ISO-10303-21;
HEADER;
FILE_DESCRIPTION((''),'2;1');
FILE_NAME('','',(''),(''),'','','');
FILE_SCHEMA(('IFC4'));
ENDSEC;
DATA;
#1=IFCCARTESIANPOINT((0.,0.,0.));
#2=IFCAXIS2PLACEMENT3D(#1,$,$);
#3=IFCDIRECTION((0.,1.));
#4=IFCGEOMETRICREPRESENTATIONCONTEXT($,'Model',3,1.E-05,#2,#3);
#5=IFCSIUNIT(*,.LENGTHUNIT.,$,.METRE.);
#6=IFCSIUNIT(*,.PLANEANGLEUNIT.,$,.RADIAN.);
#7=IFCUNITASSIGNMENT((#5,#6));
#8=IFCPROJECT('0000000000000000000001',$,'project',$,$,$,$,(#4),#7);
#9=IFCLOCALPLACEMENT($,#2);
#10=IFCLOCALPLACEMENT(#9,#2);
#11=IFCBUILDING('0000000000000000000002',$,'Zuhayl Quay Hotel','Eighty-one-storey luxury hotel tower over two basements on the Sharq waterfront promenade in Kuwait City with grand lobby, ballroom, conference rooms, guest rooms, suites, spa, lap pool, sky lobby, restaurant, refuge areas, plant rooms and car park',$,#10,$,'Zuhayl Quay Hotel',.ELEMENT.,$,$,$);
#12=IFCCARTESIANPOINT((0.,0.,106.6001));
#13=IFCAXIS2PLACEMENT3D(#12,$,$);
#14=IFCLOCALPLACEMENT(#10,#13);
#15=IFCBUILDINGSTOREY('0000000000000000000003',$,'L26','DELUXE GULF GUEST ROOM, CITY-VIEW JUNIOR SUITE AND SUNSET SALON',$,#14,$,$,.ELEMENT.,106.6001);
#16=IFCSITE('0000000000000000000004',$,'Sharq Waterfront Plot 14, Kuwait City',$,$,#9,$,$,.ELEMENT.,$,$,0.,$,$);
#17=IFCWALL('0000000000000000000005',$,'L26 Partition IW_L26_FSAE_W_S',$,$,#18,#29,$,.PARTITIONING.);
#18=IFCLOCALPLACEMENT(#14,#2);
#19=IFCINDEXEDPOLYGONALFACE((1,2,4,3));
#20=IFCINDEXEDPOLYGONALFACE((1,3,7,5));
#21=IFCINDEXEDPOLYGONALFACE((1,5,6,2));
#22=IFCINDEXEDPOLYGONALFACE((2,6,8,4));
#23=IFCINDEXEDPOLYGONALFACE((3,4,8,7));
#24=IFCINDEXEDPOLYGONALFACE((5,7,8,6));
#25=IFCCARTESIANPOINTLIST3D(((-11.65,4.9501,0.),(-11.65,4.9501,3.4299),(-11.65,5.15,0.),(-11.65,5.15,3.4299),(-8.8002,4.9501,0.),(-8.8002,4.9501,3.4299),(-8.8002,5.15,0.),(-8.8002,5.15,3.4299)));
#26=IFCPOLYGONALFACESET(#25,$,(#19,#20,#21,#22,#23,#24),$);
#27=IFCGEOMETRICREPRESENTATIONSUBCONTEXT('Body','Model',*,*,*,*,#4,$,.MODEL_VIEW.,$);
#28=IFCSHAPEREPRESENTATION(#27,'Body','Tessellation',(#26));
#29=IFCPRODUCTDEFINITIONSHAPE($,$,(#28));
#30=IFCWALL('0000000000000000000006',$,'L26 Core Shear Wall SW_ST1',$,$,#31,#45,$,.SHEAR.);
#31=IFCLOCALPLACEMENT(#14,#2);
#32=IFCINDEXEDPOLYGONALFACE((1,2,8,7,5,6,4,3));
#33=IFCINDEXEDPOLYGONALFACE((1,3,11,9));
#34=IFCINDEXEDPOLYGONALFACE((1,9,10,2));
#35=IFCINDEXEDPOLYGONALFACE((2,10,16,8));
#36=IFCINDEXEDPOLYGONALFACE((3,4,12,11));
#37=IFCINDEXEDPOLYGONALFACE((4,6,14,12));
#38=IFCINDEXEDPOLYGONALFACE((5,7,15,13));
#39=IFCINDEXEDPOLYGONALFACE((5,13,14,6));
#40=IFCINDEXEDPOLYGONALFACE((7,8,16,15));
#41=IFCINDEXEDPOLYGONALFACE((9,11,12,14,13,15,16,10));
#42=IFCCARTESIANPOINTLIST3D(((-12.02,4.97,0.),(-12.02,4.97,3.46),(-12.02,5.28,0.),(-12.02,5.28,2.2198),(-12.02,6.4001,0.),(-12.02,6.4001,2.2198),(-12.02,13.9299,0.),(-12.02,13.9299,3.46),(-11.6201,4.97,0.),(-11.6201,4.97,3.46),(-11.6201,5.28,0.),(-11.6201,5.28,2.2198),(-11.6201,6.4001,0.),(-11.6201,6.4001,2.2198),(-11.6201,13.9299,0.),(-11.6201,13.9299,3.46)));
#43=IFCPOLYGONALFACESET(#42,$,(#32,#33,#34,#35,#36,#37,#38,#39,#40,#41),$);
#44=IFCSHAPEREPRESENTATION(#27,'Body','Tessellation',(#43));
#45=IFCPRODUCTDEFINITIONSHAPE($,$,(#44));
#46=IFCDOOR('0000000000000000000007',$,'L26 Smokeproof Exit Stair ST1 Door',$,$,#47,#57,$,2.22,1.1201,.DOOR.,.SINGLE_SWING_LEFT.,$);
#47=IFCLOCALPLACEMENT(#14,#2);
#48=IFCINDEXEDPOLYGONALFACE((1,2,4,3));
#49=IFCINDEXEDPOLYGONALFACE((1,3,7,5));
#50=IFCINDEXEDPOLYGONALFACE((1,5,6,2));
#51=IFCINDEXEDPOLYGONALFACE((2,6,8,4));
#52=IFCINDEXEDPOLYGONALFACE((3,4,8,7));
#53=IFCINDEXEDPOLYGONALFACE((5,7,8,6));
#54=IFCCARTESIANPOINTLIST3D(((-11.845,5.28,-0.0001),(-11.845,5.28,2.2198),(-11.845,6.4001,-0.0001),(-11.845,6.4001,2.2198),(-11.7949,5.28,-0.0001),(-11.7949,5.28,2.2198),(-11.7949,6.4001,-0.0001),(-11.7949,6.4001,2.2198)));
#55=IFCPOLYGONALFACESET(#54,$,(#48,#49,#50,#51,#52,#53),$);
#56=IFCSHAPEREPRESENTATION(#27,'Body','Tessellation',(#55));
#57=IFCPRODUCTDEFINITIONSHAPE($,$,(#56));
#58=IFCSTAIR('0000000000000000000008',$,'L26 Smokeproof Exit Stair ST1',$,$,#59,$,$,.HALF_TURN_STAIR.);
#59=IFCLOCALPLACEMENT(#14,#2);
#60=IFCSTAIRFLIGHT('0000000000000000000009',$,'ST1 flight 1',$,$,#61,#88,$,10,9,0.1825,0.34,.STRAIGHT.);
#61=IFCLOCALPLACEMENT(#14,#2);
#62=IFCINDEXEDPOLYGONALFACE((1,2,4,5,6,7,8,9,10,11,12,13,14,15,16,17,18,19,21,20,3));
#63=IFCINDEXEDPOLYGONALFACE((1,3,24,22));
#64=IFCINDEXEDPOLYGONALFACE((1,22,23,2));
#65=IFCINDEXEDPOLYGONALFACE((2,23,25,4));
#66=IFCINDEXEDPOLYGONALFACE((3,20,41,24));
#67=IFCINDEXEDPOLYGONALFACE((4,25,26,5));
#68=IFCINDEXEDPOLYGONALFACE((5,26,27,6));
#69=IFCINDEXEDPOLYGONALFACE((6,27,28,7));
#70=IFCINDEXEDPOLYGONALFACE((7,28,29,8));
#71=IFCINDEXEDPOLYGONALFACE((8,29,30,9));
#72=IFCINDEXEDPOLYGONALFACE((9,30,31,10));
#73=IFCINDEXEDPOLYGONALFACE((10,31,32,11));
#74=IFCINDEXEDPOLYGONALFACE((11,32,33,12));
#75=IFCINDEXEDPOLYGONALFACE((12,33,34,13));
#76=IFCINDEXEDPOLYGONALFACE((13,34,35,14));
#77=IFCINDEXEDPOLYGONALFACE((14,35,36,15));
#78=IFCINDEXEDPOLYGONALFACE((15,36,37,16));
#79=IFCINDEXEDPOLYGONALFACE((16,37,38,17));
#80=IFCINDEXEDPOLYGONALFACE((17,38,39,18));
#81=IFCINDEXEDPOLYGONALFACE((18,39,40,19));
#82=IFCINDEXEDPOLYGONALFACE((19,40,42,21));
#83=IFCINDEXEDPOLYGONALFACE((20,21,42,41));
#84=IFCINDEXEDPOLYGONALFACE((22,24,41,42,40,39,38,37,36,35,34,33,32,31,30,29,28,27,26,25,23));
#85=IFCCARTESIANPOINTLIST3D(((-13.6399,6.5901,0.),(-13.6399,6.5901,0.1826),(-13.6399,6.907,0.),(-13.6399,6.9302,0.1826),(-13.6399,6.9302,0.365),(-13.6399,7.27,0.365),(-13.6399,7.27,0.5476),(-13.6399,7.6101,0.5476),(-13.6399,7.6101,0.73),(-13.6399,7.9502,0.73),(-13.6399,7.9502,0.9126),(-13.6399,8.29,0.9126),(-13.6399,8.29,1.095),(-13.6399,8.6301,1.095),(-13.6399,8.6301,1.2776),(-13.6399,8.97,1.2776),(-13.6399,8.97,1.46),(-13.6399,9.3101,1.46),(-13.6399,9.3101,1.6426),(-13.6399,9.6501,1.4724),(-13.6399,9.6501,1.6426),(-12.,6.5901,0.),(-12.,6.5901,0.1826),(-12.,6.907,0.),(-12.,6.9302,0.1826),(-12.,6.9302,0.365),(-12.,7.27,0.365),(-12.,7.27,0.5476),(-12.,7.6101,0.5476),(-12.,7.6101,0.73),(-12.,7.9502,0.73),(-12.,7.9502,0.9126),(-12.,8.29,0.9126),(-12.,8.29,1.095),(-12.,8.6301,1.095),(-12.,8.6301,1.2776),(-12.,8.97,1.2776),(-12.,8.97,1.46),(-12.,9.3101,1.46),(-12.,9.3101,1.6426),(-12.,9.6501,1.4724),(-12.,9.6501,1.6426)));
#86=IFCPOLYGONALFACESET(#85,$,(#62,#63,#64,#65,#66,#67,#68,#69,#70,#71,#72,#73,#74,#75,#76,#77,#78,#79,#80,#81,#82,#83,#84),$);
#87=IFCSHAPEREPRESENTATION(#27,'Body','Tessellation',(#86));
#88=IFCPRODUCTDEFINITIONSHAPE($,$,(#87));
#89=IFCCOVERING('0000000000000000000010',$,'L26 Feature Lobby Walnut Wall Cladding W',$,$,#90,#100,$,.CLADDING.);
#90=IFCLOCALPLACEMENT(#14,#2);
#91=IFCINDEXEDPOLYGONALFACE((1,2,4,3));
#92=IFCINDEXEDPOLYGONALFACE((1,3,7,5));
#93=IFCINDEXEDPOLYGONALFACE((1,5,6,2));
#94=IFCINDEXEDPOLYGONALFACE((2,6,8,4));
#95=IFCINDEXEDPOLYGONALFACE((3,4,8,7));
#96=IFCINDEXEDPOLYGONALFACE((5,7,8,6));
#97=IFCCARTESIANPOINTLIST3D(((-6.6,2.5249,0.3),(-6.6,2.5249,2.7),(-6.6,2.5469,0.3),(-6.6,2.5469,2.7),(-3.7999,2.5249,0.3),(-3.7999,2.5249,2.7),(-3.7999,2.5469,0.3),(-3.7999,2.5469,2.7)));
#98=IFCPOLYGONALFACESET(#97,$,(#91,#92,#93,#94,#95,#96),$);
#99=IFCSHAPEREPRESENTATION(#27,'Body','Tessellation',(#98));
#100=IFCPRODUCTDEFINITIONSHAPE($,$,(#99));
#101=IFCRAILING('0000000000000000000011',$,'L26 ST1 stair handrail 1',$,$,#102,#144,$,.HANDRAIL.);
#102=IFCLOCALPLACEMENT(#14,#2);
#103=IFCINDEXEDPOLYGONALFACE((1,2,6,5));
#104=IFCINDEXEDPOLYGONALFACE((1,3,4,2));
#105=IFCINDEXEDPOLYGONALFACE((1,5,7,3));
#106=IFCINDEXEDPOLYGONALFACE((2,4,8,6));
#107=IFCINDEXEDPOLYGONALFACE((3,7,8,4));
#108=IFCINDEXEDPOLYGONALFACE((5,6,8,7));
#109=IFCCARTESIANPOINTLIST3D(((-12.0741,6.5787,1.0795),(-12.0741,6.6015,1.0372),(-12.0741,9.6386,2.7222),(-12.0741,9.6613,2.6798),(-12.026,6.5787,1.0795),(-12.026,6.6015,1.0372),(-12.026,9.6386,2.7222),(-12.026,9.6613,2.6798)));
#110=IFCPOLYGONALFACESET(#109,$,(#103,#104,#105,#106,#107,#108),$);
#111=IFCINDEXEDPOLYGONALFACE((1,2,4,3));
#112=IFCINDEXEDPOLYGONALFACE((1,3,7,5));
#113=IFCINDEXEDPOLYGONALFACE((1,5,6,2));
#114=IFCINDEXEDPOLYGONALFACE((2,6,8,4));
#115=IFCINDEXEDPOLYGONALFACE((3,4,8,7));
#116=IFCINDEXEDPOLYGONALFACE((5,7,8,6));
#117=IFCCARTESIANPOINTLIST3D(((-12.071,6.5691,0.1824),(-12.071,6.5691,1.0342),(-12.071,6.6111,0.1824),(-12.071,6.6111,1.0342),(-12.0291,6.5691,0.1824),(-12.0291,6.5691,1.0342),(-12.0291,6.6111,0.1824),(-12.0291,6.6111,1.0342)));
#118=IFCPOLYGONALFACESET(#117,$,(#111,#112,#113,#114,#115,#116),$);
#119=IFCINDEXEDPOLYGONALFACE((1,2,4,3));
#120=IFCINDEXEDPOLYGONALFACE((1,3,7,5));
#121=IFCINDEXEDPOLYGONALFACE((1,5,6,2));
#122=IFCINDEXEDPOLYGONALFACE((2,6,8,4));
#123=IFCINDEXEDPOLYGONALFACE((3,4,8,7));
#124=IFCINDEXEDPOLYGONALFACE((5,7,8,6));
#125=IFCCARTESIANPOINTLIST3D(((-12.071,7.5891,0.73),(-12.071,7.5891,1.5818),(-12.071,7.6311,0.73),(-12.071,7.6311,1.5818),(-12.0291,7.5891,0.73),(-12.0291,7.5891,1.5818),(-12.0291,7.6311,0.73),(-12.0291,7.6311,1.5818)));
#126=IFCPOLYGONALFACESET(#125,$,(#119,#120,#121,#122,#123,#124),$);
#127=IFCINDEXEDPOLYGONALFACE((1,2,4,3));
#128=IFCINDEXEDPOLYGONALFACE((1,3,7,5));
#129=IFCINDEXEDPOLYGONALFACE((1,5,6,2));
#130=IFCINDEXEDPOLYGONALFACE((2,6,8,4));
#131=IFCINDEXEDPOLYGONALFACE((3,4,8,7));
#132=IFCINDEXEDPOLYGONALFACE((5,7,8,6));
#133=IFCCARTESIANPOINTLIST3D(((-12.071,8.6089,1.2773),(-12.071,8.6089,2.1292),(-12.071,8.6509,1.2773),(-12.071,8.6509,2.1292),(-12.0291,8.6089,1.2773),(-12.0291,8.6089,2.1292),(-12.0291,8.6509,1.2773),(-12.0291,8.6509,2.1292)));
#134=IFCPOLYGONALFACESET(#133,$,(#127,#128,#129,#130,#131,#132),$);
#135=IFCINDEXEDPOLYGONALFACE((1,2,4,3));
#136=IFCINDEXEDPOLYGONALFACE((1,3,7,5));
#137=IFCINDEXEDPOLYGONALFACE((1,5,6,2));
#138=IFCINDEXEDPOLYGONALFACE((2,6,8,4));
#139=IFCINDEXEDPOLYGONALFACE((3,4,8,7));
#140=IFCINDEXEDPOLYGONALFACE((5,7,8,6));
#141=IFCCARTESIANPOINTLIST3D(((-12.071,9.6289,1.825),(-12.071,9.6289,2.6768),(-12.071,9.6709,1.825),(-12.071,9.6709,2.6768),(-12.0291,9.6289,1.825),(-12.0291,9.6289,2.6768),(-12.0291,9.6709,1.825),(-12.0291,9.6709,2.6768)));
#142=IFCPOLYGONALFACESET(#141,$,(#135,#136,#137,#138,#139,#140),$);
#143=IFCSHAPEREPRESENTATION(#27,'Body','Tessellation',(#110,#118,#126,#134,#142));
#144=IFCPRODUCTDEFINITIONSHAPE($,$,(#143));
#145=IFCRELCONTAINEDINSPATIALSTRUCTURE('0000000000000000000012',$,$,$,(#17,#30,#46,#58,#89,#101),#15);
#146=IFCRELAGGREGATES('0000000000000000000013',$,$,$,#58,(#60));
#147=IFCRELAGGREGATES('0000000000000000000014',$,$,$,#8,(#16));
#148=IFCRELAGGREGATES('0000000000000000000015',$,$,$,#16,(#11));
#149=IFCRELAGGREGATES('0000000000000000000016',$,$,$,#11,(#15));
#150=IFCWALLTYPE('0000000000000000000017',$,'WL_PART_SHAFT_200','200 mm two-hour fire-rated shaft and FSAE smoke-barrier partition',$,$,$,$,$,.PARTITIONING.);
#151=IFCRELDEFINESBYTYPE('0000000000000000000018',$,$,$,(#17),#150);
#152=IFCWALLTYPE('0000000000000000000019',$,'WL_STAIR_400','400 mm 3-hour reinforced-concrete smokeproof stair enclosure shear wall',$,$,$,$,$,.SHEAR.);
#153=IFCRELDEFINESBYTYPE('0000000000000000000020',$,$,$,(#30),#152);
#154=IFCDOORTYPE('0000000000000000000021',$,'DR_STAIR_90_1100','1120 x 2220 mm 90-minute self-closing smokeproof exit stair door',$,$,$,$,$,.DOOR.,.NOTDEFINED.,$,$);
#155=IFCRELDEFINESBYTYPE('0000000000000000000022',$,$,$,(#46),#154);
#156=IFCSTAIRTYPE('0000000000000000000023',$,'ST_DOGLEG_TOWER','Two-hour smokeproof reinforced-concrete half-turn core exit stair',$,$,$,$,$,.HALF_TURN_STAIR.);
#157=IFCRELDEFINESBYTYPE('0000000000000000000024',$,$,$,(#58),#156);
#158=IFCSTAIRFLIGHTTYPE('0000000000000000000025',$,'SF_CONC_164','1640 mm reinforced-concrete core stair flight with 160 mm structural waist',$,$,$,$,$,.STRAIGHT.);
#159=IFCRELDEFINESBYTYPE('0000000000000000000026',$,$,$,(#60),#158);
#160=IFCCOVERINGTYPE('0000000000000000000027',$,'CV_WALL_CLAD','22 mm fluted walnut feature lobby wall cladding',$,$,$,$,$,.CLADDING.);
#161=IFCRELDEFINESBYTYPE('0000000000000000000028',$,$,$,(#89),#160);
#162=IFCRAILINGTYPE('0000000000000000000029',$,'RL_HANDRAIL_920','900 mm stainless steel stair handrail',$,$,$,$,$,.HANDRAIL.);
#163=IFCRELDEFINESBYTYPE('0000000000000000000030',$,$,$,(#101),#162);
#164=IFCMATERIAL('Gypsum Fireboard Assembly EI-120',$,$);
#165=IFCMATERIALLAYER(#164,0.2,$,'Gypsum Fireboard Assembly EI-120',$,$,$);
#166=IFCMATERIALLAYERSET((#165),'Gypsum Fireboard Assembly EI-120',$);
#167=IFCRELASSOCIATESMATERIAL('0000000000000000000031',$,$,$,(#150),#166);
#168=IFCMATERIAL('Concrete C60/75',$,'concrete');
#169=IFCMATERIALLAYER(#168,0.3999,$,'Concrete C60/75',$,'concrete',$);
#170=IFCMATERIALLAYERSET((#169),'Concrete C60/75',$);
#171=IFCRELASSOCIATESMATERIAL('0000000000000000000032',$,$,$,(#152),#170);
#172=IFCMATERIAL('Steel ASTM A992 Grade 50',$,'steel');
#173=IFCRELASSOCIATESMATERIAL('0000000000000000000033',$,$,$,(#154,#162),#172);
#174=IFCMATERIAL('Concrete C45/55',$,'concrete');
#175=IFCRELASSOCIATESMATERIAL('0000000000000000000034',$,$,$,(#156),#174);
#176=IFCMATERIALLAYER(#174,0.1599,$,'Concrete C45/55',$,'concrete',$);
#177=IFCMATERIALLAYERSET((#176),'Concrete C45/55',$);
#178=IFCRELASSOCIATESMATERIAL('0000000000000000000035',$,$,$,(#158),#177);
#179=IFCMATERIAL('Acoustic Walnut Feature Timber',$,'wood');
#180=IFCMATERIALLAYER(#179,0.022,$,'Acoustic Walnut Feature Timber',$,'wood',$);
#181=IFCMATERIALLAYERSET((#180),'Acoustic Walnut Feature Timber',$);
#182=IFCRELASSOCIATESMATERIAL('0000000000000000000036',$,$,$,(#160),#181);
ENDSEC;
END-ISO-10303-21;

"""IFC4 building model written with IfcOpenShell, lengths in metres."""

from ifc_helpers import new_model, si_unit, direction, frame, frame_2d, origin, origin_2d, place, context, subcontext, project, spatial, polyline, rectangle, outline, extrude, material, layer, layer_set, type_object, element, fill, aggregate, save


model = new_model("IFC4")

# Units and contexts
model_context = context("Model", 3, precision=1e-05, world=origin(), true_north=direction((0.0, 1.0)))
body_context = subcontext(model_context, "Body", "Model", "MODEL_VIEW")
ifc_project = project(units=[si_unit("LENGTHUNIT", "METRE"), si_unit("PLANEANGLEUNIT", "RADIAN")], contexts=[model_context])

# Site, building, storey
site_placement = place(None, origin())
site = spatial("IfcSite", under=ifc_project, at=site_placement, Name="Sharq Waterfront Plot 14, Kuwait City", CompositionType="ELEMENT", RefElevation=0.0)
building_placement = place(site_placement, origin())
building = spatial("IfcBuilding", under=site, at=building_placement, Name="Zuhayl Quay Hotel", Description="Eighty-one-storey luxury hotel tower over two basements on the Sharq waterfront promenade in Kuwait City with grand lobby, ballroom, conference rooms, guest rooms, suites, spa, lap pool, sky lobby, restaurant, refuge areas, plant rooms and car park", LongName="Zuhayl Quay Hotel", CompositionType="ELEMENT")
storey_placement = place(building_placement, frame((0.0, 0.0, 106.6001)))
storey = spatial("IfcBuildingStorey", under=building, at=storey_placement, Name="L26", Description="DELUXE GULF GUEST ROOM, CITY-VIEW JUNIOR SUITE AND SUNSET SALON", CompositionType="ELEMENT", Elevation=106.6001)

# Shared definitions
ifc_material_1 = material(Name="Concrete C60/75", Category="concrete")

# Shared definitions
ifc_material_2 = material(Name="Steel ASTM A992 Grade 50", Category="steel")

# Shared definitions
ifc_material_3 = material(Name="Gypsum Fireboard Assembly EI-120")
ifc_layer_1 = layer(ifc_material_3, 0.2, Name="Gypsum Fireboard Assembly EI-120")
ifc_layer_set_1 = layer_set([ifc_layer_1], Name="Gypsum Fireboard Assembly EI-120")
wall_type_1 = type_object("IfcWallType", Name="WL_PART_SHAFT_200", Description="200 mm two-hour fire-rated shaft and FSAE smoke-barrier partition", PredefinedType="PARTITIONING", material=ifc_layer_set_1)

# Wall
wall_1_placement = place(storey_placement, frame((-11.6499, 5.05, 0.0), z_axis=(0.0, 0.0, 1.0), x_axis=(1.0, 0.0, 0.0)))
element("IfcWall", 1, at=wall_1_placement, inside=storey, type_object=wall_type_1, Name="L26 Partition IW_L26_FSAE_W_S", PredefinedType="PARTITIONING", context=body_context, shape_type="SweptSolid", body=[
    extrude(rectangle(XDim=2.8499, YDim=0.2, at=frame_2d((1.4248, 0.0))), origin(), (0.0, 0.0, 1.0), 3.4299),
])

# Wall, opening, door
ifc_layer_2 = layer(ifc_material_1, 0.3999, Name="Concrete C60/75", Category="concrete")
ifc_layer_set_2 = layer_set([ifc_layer_2], Name="Concrete C60/75")
wall_type_2 = type_object("IfcWallType", Name="WL_STAIR_400", Description="400 mm 3-hour reinforced-concrete smokeproof stair enclosure shear wall", PredefinedType="SHEAR", material=ifc_layer_set_2)
wall_2_placement = place(storey_placement, frame((-11.8201, 4.97, 0.0), z_axis=(0.0, 0.0, 1.0), x_axis=(0.0, 1.0, 0.0)))
wall_2 = element("IfcWall", 2, at=wall_2_placement, inside=storey, type_object=wall_type_2, Name="L26 Core Shear Wall SW_ST1", PredefinedType="SHEAR", context=body_context, shape_type="SweptSolid", body=[
    extrude(rectangle(XDim=8.96, YDim=0.3999, at=frame_2d((4.48, 0.0))), origin(), (0.0, 0.0, 1.0), 3.46),
])
opening_1_placement = place(wall_2_placement, frame((0.3101, 0.0, 0.0)))
opening_1 = element("IfcOpeningElement", 3, at=opening_1_placement, cuts=wall_2, PredefinedType="OPENING", context=body_context, shape_type="SweptSolid", body=[
    extrude(rectangle(XDim=1.1201, YDim=2.22, at=frame_2d((0.5601, 1.1099))), frame((0.0, 0.21, 0.0), z_axis=(0.0, -1.0, 0.0), x_axis=(1.0, 0.0, 0.0)), (0.0, 0.0, 1.0), 0.4199),
])
door_type_1 = type_object("IfcDoorType", Name="DR_STAIR_90_1100", Description="1120 x 2220 mm 90-minute self-closing smokeproof exit stair door", OperationType="NOTDEFINED", PredefinedType="DOOR", material=ifc_material_2)
door_1_placement = place(opening_1_placement, origin())
door_1 = element("IfcDoor", 4, at=door_1_placement, inside=storey, type_object=door_type_1, Name="L26 Smokeproof Exit Stair ST1 Door", OperationType="SINGLE_SWING_LEFT", OverallHeight=2.22, OverallWidth=1.1201, PredefinedType="DOOR", context=body_context, shape_type="SweptSolid", body=[
    extrude(rectangle(XDim=1.1201, YDim=2.22, at=frame_2d((0.5601, 1.1099))), frame((0.0, 0.0249, 0.0), z_axis=(0.0, -1.0, 0.0), x_axis=(1.0, 0.0, 0.0)), (0.0, 0.0, 1.0), 0.05),
])
fill(opening_1, door_1)

# Stair, stair flight
ifc_material_4 = material(Name="Concrete C45/55", Category="concrete")
stair_type = type_object("IfcStairType", Name="ST_DOGLEG_TOWER", Description="Two-hour smokeproof reinforced-concrete half-turn core exit stair", PredefinedType="HALF_TURN_STAIR", material=ifc_material_4)
stair_placement = place(storey_placement, origin())
stair = element("IfcStair", 5, at=stair_placement, inside=storey, type_object=stair_type, Name="L26 Smokeproof Exit Stair ST1", PredefinedType="HALF_TURN_STAIR")
ifc_layer_3 = layer(ifc_material_4, 0.1599, Name="Concrete C45/55", Category="concrete")
ifc_layer_set_3 = layer_set([ifc_layer_3], Name="Concrete C45/55")
stair_flight_type = type_object("IfcStairFlightType", Name="SF_CONC_164", Description="1640 mm reinforced-concrete core stair flight with 160 mm structural waist", PredefinedType="STRAIGHT", material=ifc_layer_set_3)
stair_flight_placement = place(storey_placement, frame((-12.8201, 6.5901, 0.0), z_axis=(0.0, 0.0, 1.0), x_axis=(0.0, 1.0, 0.0)))
stair_flight = element("IfcStairFlight", 6, at=stair_flight_placement, type_object=stair_flight_type, Name="ST1 flight 1", NumberOfRisers=10, NumberOfTreads=9, PredefinedType="STRAIGHT", RiserHeight=0.1825, TreadLength=0.34, context=body_context, shape_type="SweptSolid", body=[
    extrude(outline(polyline([(0.0, 0.0), (0.0, 0.1826), (0.3401, 0.1826), (0.3401, 0.365), (0.6799, 0.365), (0.6799, 0.5476), (1.02, 0.5476), (1.02, 0.73), (1.3601, 0.73), (1.3601, 0.9126), (1.7, 0.9126), (1.7, 1.095), (2.04, 1.095), (2.04, 1.2776), (2.3799, 1.2776), (2.3799, 1.46), (2.72, 1.46), (2.72, 1.6426), (3.0601, 1.6426), (3.0601, 1.825), (3.0601, 1.4724), (0.3169, 0.0), (0.0, 0.0)])), frame((0.0, 0.8198, 0.0), z_axis=(0.0, -1.0, 0.0), x_axis=(1.0, 0.0, 0.0)), (0.0, 0.0, 1.0), 1.6399),
])
aggregate(stair, [stair_flight])

# Covering
ifc_material_5 = material(Name="Acoustic Walnut Feature Timber", Category="wood")
ifc_layer_4 = layer(ifc_material_5, 0.022, Name="Acoustic Walnut Feature Timber", Category="wood")
ifc_layer_set_4 = layer_set([ifc_layer_4], Name="Acoustic Walnut Feature Timber")
covering_type = type_object("IfcCoveringType", Name="CV_WALL_CLAD", Description="22 mm fluted walnut feature lobby wall cladding", PredefinedType="CLADDING", material=ifc_layer_set_4)
covering_placement = place(storey_placement, frame((-5.2, 2.5359, 0.3), z_axis=(0.0, 0.0, 1.0), x_axis=(1.0, 0.0, 0.0)))
element("IfcCovering", 7, at=covering_placement, inside=storey, type_object=covering_type, Name="L26 Feature Lobby Walnut Wall Cladding W", PredefinedType="CLADDING", context=body_context, shape_type="SweptSolid", body=[
    extrude(rectangle(XDim=2.8, YDim=0.022, at=origin_2d()), origin(), (0.0, 0.0, 1.0), 2.3999),
])

# Railing
railing_type = type_object("IfcRailingType", Name="RL_HANDRAIL_920", Description="900 mm stainless steel stair handrail", PredefinedType="HANDRAIL", material=ifc_material_2)
railing_placement = place(storey_placement, frame((-12.05, 6.5901, 0.1824)))
element("IfcRailing", 8, at=railing_placement, inside=storey, type_object=railing_type, Name="L26 ST1 stair handrail 1", PredefinedType="HANDRAIL", context=body_context, shape_type="SweptSolid", body=[
    extrude(rectangle(XDim=0.0481, YDim=0.0481, at=origin_2d()), frame((0.0, 0.0, 0.876), z_axis=(0.0, 0.881073, 0.47298), x_axis=(-1.0, 0.0, 0.0)), (0.0, 0.0, 1.0), 3.4729),
    extrude(rectangle(XDim=0.042, YDim=0.042, at=origin_2d()), origin(), (0.0, 0.0, 1.0), 0.8518),
    extrude(rectangle(XDim=0.042, YDim=0.042, at=origin_2d()), frame((0.0, 1.02, 0.5476)), (0.0, 0.0, 1.0), 0.8518),
    extrude(rectangle(XDim=0.042, YDim=0.042, at=origin_2d()), frame((0.0, 2.0398, 1.095)), (0.0, 0.0, 1.0), 0.8518),
    extrude(rectangle(XDim=0.042, YDim=0.042, at=origin_2d()), frame((0.0, 3.0598, 1.6426)), (0.0, 0.0, 1.0), 0.8518),
])

save(model, "model.ifc")
